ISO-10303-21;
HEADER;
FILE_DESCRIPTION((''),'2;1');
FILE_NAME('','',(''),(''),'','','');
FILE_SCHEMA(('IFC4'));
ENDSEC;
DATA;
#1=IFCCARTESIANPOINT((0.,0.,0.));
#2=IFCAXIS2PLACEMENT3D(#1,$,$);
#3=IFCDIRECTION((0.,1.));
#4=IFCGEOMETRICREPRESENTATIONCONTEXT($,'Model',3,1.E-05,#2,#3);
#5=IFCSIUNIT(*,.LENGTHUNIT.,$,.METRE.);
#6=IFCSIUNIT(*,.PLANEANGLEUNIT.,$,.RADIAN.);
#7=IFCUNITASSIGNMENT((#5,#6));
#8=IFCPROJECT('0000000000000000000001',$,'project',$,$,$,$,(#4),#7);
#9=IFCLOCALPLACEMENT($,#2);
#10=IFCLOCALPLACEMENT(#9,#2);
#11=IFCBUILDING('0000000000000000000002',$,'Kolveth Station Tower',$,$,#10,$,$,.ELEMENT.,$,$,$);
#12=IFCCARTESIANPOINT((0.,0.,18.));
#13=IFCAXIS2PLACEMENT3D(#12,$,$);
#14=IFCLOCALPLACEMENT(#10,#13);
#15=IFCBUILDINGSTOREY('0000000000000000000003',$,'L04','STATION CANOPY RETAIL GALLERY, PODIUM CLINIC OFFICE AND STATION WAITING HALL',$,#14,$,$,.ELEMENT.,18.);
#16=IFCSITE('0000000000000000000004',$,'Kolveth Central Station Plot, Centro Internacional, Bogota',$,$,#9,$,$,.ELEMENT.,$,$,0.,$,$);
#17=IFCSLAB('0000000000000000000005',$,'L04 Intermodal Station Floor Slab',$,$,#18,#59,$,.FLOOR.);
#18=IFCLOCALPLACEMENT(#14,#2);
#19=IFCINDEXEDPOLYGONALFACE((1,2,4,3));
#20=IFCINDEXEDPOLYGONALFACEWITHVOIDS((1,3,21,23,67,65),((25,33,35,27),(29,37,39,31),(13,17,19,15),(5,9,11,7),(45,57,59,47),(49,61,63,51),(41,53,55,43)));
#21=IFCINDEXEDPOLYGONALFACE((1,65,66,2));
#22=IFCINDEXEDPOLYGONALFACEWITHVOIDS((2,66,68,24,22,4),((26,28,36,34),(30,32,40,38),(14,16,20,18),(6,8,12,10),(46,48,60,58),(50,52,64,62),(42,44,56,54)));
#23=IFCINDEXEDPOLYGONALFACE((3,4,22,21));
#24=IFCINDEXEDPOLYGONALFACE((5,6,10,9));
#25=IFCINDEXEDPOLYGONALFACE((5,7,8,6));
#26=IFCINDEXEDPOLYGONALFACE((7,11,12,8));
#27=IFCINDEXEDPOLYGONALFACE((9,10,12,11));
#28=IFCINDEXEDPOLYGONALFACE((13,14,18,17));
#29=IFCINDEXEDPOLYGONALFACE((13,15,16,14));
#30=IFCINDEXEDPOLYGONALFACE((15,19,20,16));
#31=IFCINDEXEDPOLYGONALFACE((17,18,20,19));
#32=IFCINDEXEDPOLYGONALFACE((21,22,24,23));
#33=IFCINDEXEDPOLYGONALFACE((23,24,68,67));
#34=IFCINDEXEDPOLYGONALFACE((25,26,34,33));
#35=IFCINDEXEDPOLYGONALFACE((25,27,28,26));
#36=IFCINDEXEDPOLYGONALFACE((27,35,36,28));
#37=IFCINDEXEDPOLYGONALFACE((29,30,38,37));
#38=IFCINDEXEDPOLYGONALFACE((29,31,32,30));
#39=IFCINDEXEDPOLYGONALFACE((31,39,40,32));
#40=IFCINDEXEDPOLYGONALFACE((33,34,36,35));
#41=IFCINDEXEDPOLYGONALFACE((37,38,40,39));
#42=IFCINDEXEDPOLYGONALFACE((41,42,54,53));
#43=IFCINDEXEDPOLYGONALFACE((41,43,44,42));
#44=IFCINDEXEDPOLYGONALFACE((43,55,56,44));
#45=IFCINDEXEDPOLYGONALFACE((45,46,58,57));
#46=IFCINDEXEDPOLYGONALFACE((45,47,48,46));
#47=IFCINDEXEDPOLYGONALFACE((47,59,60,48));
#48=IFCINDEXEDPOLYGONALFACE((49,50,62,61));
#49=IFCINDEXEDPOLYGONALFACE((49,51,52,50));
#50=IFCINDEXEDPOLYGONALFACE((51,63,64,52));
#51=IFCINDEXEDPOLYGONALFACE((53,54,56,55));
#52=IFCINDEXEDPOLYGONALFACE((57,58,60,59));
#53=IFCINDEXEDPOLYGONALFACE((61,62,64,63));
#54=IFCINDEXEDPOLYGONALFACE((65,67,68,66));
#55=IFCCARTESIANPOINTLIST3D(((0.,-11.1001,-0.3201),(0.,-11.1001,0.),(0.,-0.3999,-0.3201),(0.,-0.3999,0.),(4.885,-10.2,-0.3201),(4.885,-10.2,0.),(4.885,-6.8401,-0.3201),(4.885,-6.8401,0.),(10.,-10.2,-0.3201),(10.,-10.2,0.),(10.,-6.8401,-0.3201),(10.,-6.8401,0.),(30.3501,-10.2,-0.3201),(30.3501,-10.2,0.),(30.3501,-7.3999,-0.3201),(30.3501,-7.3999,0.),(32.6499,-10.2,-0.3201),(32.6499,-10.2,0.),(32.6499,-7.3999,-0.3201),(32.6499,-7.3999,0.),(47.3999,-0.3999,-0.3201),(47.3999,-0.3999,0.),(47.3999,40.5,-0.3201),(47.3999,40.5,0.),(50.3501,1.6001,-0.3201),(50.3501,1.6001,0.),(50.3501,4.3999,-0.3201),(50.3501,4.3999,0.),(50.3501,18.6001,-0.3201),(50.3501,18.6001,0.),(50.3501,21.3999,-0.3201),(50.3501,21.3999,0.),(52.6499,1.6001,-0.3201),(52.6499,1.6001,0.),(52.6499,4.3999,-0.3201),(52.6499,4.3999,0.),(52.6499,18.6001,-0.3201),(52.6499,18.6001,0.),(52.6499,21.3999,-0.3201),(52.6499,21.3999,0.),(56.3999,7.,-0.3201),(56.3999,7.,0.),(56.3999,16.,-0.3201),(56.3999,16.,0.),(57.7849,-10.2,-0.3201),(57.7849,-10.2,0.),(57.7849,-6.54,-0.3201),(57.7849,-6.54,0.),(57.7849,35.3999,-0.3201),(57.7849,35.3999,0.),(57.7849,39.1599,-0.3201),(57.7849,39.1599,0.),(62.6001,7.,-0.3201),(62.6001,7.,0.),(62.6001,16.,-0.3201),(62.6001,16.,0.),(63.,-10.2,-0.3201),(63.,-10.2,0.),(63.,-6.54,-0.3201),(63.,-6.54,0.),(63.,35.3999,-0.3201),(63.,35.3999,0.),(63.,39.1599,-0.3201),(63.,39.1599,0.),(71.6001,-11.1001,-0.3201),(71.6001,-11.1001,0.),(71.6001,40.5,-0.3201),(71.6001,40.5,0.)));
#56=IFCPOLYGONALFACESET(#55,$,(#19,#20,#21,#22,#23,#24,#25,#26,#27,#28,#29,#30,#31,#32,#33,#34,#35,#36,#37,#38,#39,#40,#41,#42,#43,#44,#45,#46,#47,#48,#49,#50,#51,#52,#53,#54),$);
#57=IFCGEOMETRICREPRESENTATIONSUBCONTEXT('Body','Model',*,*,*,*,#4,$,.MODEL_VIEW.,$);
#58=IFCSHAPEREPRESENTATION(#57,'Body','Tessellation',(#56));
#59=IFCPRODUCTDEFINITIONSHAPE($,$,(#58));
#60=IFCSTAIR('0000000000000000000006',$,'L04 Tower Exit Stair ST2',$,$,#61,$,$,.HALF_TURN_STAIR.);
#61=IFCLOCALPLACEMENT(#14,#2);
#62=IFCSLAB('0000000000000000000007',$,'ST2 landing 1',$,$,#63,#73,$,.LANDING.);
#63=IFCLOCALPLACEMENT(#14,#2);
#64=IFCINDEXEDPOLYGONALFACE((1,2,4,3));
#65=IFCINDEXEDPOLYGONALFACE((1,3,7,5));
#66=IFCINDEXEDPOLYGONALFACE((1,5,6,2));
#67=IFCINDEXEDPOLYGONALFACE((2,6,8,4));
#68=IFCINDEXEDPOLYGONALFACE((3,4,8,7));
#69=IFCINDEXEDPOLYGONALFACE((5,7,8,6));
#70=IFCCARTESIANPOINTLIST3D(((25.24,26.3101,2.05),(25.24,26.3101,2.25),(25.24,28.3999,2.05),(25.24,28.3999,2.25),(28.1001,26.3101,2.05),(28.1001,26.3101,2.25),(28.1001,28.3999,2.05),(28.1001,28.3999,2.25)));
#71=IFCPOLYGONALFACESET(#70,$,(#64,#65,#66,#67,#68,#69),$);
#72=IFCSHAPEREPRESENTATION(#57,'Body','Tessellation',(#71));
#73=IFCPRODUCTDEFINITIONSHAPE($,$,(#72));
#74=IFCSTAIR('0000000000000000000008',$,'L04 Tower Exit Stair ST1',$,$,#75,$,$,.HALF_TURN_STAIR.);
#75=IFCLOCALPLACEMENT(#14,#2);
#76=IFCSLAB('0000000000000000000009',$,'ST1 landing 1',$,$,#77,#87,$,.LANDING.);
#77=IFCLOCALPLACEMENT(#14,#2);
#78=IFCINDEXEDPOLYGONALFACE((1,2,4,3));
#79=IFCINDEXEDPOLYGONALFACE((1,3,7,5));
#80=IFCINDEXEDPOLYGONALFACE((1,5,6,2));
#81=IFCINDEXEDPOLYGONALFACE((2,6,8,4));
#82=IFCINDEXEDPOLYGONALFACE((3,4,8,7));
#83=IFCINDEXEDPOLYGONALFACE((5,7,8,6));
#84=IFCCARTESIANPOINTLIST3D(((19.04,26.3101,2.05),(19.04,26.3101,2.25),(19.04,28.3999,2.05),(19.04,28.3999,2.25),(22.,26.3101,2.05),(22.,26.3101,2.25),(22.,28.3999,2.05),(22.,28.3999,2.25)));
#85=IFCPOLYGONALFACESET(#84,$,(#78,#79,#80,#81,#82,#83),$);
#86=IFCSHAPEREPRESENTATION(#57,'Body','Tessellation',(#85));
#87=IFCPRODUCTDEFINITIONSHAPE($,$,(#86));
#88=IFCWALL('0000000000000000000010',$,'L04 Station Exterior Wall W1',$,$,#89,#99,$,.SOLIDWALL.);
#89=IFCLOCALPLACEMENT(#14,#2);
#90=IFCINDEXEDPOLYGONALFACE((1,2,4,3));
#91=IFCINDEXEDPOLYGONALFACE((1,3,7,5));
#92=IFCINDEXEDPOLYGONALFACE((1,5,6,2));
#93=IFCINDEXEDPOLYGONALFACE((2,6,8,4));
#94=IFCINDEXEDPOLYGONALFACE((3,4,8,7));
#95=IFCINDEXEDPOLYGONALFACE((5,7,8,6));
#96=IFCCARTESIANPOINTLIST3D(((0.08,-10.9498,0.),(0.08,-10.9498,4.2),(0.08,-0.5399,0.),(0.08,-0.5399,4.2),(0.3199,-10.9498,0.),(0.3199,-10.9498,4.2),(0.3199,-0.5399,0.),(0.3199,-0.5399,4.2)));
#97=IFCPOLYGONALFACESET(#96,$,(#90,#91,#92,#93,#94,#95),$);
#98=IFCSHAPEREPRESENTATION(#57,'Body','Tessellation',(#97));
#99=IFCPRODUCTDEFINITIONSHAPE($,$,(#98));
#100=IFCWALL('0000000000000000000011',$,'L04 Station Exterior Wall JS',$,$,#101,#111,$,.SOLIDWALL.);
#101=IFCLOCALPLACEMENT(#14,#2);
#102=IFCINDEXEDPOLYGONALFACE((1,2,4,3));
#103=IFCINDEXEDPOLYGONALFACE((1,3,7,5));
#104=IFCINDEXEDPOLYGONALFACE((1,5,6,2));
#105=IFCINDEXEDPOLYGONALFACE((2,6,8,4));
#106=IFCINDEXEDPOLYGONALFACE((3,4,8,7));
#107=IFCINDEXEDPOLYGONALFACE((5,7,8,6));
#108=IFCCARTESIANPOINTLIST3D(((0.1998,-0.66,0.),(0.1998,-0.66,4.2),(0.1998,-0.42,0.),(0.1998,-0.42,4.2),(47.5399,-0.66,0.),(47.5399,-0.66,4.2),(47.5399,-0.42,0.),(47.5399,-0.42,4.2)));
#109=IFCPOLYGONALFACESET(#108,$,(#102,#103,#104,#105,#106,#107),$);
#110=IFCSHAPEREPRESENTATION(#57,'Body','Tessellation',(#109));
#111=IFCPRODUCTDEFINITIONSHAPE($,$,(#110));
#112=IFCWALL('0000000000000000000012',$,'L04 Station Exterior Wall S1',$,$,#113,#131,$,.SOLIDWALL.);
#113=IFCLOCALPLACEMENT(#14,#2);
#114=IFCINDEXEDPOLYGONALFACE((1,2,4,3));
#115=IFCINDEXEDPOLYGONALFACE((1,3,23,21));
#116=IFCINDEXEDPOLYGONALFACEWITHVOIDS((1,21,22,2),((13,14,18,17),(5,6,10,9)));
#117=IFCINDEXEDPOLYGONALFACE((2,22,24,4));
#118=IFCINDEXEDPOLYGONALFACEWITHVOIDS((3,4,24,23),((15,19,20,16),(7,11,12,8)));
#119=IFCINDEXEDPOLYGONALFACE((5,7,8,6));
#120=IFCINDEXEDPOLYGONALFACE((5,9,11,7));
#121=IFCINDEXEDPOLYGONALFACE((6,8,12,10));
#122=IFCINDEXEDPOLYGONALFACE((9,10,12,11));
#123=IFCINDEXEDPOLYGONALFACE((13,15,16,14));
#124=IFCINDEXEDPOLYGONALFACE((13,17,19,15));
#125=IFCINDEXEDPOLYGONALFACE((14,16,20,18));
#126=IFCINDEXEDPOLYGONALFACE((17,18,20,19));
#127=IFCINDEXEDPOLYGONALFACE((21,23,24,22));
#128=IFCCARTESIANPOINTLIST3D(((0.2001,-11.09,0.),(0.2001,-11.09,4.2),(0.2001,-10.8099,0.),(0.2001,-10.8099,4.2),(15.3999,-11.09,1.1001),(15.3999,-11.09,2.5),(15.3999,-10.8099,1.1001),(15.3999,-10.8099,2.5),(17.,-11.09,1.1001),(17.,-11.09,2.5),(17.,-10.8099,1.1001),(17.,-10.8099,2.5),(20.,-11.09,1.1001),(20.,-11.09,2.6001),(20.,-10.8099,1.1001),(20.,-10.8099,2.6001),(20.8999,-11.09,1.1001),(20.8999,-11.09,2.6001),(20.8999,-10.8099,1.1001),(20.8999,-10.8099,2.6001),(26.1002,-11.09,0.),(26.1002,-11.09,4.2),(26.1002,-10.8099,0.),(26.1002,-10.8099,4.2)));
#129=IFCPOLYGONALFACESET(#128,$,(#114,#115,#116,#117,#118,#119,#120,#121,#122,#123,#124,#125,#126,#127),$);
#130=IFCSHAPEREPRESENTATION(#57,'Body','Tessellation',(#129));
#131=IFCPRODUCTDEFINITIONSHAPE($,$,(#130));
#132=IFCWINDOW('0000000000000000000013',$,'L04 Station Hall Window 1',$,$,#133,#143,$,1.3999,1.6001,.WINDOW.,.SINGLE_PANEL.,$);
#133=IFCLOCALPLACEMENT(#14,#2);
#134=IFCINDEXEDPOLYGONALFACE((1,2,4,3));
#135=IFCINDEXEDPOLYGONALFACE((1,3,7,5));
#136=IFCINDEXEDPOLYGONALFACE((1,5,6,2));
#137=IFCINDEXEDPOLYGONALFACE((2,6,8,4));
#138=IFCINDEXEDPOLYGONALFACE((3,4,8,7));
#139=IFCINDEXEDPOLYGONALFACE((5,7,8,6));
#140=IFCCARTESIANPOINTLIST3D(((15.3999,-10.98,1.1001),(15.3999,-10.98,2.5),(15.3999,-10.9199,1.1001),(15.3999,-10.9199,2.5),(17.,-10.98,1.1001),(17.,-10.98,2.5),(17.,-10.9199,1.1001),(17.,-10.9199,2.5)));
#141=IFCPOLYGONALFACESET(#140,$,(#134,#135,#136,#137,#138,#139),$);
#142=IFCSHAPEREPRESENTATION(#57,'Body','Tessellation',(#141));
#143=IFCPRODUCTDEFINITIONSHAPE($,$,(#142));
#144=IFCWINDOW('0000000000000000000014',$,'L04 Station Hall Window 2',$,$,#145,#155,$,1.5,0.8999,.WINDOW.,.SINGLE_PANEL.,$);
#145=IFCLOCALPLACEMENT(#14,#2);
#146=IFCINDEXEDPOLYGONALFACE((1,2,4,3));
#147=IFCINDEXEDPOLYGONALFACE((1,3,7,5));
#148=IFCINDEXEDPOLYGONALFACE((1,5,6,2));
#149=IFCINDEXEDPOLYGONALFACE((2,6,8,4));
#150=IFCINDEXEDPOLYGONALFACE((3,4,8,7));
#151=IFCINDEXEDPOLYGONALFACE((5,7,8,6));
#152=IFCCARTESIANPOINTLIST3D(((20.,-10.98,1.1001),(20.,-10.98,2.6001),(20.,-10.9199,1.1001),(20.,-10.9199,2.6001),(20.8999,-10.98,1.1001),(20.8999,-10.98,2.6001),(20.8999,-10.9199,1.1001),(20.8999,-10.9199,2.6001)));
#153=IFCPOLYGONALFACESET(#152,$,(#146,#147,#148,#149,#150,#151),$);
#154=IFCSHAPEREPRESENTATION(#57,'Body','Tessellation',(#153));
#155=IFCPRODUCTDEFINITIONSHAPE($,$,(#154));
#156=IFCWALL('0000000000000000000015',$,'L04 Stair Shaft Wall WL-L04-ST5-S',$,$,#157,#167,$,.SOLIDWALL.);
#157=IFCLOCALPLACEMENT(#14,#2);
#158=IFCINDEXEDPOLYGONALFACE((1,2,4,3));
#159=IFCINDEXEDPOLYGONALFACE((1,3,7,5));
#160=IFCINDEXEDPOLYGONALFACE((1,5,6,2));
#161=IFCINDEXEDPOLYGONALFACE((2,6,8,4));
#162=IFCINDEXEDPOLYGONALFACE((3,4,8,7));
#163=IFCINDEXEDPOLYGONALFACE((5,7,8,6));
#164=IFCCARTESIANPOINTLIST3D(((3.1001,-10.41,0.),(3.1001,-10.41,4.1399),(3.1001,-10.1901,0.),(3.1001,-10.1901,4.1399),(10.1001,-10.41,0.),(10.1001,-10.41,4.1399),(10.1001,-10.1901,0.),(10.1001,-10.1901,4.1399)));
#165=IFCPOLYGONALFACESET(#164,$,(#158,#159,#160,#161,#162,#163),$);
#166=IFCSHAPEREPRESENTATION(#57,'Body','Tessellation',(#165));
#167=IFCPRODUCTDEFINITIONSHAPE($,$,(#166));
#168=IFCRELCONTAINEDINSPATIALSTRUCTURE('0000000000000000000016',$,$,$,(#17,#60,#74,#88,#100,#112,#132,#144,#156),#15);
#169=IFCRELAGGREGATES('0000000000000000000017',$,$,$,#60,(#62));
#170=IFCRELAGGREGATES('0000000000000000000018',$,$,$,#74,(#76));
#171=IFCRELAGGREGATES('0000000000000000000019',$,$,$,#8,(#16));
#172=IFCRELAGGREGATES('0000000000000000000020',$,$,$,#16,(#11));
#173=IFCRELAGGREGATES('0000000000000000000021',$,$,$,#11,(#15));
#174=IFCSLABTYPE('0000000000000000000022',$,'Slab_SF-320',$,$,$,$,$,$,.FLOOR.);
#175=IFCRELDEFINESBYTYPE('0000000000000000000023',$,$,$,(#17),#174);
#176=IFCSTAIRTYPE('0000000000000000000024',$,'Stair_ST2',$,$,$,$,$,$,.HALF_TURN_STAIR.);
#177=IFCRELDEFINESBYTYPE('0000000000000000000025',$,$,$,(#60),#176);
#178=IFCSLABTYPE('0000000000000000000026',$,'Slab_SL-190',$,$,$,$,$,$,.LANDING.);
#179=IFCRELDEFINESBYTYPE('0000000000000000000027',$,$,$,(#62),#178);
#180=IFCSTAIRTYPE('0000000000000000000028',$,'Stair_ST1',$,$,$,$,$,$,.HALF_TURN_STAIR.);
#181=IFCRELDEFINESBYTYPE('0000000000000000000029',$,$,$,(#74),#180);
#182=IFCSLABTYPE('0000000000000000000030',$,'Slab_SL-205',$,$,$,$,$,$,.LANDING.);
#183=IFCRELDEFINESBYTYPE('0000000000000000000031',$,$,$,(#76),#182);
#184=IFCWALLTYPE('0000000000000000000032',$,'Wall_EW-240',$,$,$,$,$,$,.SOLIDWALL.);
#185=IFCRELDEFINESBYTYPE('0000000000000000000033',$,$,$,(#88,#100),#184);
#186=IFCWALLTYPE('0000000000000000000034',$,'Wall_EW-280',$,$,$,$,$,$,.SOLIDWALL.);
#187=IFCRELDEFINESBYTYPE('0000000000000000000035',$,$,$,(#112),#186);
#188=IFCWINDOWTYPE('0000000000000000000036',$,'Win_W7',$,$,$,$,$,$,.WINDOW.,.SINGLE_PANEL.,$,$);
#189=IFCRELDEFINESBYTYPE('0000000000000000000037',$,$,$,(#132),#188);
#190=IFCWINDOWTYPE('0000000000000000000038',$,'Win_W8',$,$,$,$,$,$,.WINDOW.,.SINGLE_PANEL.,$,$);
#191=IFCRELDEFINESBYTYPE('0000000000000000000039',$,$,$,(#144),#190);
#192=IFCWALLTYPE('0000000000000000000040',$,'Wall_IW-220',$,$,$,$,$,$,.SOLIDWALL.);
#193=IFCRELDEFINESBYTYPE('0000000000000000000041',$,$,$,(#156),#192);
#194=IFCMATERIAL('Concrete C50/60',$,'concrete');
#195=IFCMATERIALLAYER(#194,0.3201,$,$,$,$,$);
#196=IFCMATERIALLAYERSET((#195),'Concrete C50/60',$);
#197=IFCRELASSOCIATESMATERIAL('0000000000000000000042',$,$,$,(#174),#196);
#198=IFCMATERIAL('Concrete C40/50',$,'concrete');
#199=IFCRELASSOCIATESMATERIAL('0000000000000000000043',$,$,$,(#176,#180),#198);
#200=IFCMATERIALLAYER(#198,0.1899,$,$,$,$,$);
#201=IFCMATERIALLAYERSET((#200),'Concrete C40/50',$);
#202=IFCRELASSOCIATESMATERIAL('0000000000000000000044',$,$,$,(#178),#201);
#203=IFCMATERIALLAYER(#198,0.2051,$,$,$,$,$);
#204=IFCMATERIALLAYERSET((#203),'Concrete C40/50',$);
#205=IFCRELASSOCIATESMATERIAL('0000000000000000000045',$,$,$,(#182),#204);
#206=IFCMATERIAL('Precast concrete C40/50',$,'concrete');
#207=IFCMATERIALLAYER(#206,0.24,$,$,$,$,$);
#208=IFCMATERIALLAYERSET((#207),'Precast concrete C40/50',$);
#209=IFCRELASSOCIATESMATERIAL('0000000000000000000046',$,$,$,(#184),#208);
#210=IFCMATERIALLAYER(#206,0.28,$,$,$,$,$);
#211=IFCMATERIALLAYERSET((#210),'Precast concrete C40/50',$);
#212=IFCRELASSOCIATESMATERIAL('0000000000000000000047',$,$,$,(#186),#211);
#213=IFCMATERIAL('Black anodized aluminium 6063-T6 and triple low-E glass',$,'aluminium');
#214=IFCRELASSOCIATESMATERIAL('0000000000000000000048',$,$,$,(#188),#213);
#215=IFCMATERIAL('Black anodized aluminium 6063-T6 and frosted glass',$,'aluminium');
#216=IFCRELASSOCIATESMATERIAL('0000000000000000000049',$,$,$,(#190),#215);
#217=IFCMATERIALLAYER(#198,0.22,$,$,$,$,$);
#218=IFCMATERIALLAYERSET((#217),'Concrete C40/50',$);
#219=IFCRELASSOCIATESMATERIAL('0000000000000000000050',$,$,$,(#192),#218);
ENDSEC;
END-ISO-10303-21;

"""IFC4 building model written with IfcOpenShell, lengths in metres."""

from ifc_helpers import new_model, si_unit, direction, frame, frame_2d, origin, place, context, subcontext, project, spatial, polyline, rectangle, outline, extrude, material, layer, layer_set, type_object, element, fill, aggregate, save


model = new_model("IFC4")

# Units and contexts
model_context = context("Model", 3, precision=1e-05, world=origin(), true_north=direction((0.0, 1.0)))
body_context = subcontext(model_context, "Body", "Model", "MODEL_VIEW")
ifc_project = project(units=[si_unit("LENGTHUNIT", "METRE"), si_unit("PLANEANGLEUNIT", "RADIAN")], contexts=[model_context])

# Site, building, storey
site_placement = place(None, origin())
site = spatial("IfcSite", under=ifc_project, at=site_placement, Name="Kolveth Central Station Plot, Centro Internacional, Bogota", CompositionType="ELEMENT", RefElevation=0.0)
building_placement = place(site_placement, origin())
building = spatial("IfcBuilding", under=site, at=building_placement, Name="Kolveth Station Tower", CompositionType="ELEMENT")
storey_placement = place(building_placement, frame((0.0, 0.0, 18.0)))
storey = spatial("IfcBuildingStorey", under=building, at=storey_placement, Name="L04", Description="STATION CANOPY RETAIL GALLERY, PODIUM CLINIC OFFICE AND STATION WAITING HALL", CompositionType="ELEMENT", Elevation=18.0)

# Slab
ifc_material_1 = material(Name="Concrete C50/60", Category="concrete")
ifc_layer_1 = layer(ifc_material_1, 0.3201)
ifc_layer_set_1 = layer_set([ifc_layer_1], Name="Concrete C50/60")
slab_type_1 = type_object("IfcSlabType", Name="Slab_SF-320", PredefinedType="FLOOR", material=ifc_layer_set_1)
slab_1_placement = place(storey_placement, frame((0.0, 0.0, -0.3201)))
element("IfcSlab", 1, at=slab_1_placement, inside=storey, type_object=slab_type_1, Name="L04 Intermodal Station Floor Slab", PredefinedType="FLOOR", context=body_context, shape_type="SweptSolid", body=[
    extrude(outline(polyline([(0.0, -11.1001), (71.6001, -11.1001), (71.6001, 40.5), (47.3999, 40.5), (47.3999, -0.3999), (0.0, -0.3999), (0.0, -11.1001)]), holes=[polyline([(57.7849, 35.3999), (63.0, 35.3999), (63.0, 39.1599), (57.7849, 39.1599), (57.7849, 35.3999)]), polyline([(57.7849, -10.2), (63.0, -10.2), (63.0, -6.54), (57.7849, -6.54), (57.7849, -10.2)]), polyline([(4.885, -10.2), (10.0, -10.2), (10.0, -6.8401), (4.885, -6.8401), (4.885, -10.2)]), polyline([(50.3501, 1.6001), (52.6499, 1.6001), (52.6499, 4.3999), (50.3501, 4.3999), (50.3501, 1.6001)]), polyline([(50.3501, 18.6001), (52.6499, 18.6001), (52.6499, 21.3999), (50.3501, 21.3999), (50.3501, 18.6001)]), polyline([(30.3501, -10.2), (32.6499, -10.2), (32.6499, -7.3999), (30.3501, -7.3999), (30.3501, -10.2)]), polyline([(56.3999, 7.0), (62.6001, 7.0), (62.6001, 16.0), (56.3999, 16.0), (56.3999, 7.0)])]), origin(), (0.0, 0.0, 1.0), 0.3201),
])

# Stairs, slabs
ifc_material_2 = material(Name="Concrete C40/50", Category="concrete")
stair_type_1 = type_object("IfcStairType", Name="Stair_ST2", PredefinedType="HALF_TURN_STAIR", material=ifc_material_2)
stair_1_placement = place(storey_placement, origin())
stair_1 = element("IfcStair", 2, at=stair_1_placement, inside=storey, type_object=stair_type_1, Name="L04 Tower Exit Stair ST2", PredefinedType="HALF_TURN_STAIR")
ifc_layer_2 = layer(ifc_material_2, 0.1899)
ifc_layer_set_2 = layer_set([ifc_layer_2], Name="Concrete C40/50")
slab_type_2 = type_object("IfcSlabType", Name="Slab_SL-190", PredefinedType="LANDING", material=ifc_layer_set_2)
slab_2_placement = place(storey_placement, frame((0.0, 0.0, 2.05)))
slab_2 = element("IfcSlab", 3, at=slab_2_placement, type_object=slab_type_2, Name="ST2 landing 1", PredefinedType="LANDING", context=body_context, shape_type="SweptSolid", body=[
    extrude(outline(polyline([(28.1001, 26.3101), (28.1001, 28.3999), (25.24, 28.3999), (25.24, 26.3101), (28.1001, 26.3101)])), origin(), (0.0, 0.0, 1.0), 0.2),
])
aggregate(stair_1, [slab_2])
stair_type_2 = type_object("IfcStairType", Name="Stair_ST1", PredefinedType="HALF_TURN_STAIR", material=ifc_material_2)
stair_2_placement = place(storey_placement, origin())
stair_2 = element("IfcStair", 4, at=stair_2_placement, inside=storey, type_object=stair_type_2, Name="L04 Tower Exit Stair ST1", PredefinedType="HALF_TURN_STAIR")
ifc_layer_3 = layer(ifc_material_2, 0.2051)
ifc_layer_set_3 = layer_set([ifc_layer_3], Name="Concrete C40/50")
slab_type_3 = type_object("IfcSlabType", Name="Slab_SL-205", PredefinedType="LANDING", material=ifc_layer_set_3)
slab_3_placement = place(storey_placement, frame((0.0, 0.0, 2.05)))
slab_3 = element("IfcSlab", 5, at=slab_3_placement, type_object=slab_type_3, Name="ST1 landing 1", PredefinedType="LANDING", context=body_context, shape_type="SweptSolid", body=[
    extrude(outline(polyline([(22.0, 26.3101), (22.0, 28.3999), (19.04, 28.3999), (19.04, 26.3101), (22.0, 26.3101)])), origin(), (0.0, 0.0, 1.0), 0.2),
])
aggregate(stair_2, [slab_3])

# Walls
ifc_material_3 = material(Name="Precast concrete C40/50", Category="concrete")
ifc_layer_4 = layer(ifc_material_3, 0.24)
ifc_layer_set_4 = layer_set([ifc_layer_4], Name="Precast concrete C40/50")
wall_type_1 = type_object("IfcWallType", Name="Wall_EW-240", PredefinedType="SOLIDWALL", material=ifc_layer_set_4)
wall_1_placement = place(storey_placement, frame((0.2, -10.95, 0.0), z_axis=(0.0, 0.0, 1.0), x_axis=(0.0, 1.0, 0.0)))
element("IfcWall", 6, at=wall_1_placement, inside=storey, type_object=wall_type_1, Name="L04 Station Exterior Wall W1", PredefinedType="SOLIDWALL", context=body_context, shape_type="SweptSolid", body=[
    extrude(rectangle(XDim=10.4099, YDim=0.24, at=frame_2d((5.2051, 0.0))), origin(), (0.0, 0.0, 1.0), 4.2),
])
wall_2_placement = place(storey_placement, frame((0.2, -0.54, 0.0), z_axis=(0.0, 0.0, 1.0), x_axis=(1.0, 0.0, 0.0)))
element("IfcWall", 7, at=wall_2_placement, inside=storey, type_object=wall_type_1, Name="L04 Station Exterior Wall JS", PredefinedType="SOLIDWALL", context=body_context, shape_type="SweptSolid", body=[
    extrude(rectangle(XDim=47.3401, YDim=0.24, at=frame_2d((23.6699, 0.0))), origin(), (0.0, 0.0, 1.0), 4.2),
])

# Wall, openings, windows
ifc_layer_5 = layer(ifc_material_3, 0.28)
ifc_layer_set_5 = layer_set([ifc_layer_5], Name="Precast concrete C40/50")
wall_type_2 = type_object("IfcWallType", Name="Wall_EW-280", PredefinedType="SOLIDWALL", material=ifc_layer_set_5)
wall_3_placement = place(storey_placement, frame((0.2, -10.95, 0.0), z_axis=(0.0, 0.0, 1.0), x_axis=(1.0, 0.0, 0.0)))
wall_3 = element("IfcWall", 8, at=wall_3_placement, inside=storey, type_object=wall_type_2, Name="L04 Station Exterior Wall S1", PredefinedType="SOLIDWALL", context=body_context, shape_type="SweptSolid", body=[
    extrude(rectangle(XDim=25.9001, YDim=0.28, at=frame_2d((12.9502, 0.0))), origin(), (0.0, 0.0, 1.0), 4.2),
])
opening_1_placement = place(wall_3_placement, frame((15.2, 0.0, 1.1001)))
opening_1 = element("IfcOpeningElement", 9, at=opening_1_placement, cuts=wall_3, PredefinedType="OPENING", context=body_context, shape_type="SweptSolid", body=[
    extrude(rectangle(XDim=1.6001, YDim=1.3999, at=frame_2d((0.8, 0.7))), frame((0.0, 0.1499, 0.0), z_axis=(0.0, -1.0, 0.0), x_axis=(1.0, 0.0, 0.0)), (0.0, 0.0, 1.0), 0.3),
])
opening_2_placement = place(wall_3_placement, frame((19.8, 0.0, 1.1001)))
opening_2 = element("IfcOpeningElement", 10, at=opening_2_placement, cuts=wall_3, PredefinedType="OPENING", context=body_context, shape_type="SweptSolid", body=[
    extrude(rectangle(XDim=0.8999, YDim=1.5, at=frame_2d((0.45, 0.75))), frame((0.0, 0.1499, 0.0), z_axis=(0.0, -1.0, 0.0), x_axis=(1.0, 0.0, 0.0)), (0.0, 0.0, 1.0), 0.3),
])
ifc_material_4 = material(Name="Black anodized aluminium 6063-T6 and triple low-E glass", Category="aluminium")
window_type_1 = type_object("IfcWindowType", Name="Win_W7", PartitioningType="SINGLE_PANEL", PredefinedType="WINDOW", material=ifc_material_4)
window_1_placement = place(opening_1_placement, origin())
window_1 = element("IfcWindow", 11, at=window_1_placement, inside=storey, type_object=window_type_1, Name="L04 Station Hall Window 1", OverallHeight=1.3999, OverallWidth=1.6001, PartitioningType="SINGLE_PANEL", PredefinedType="WINDOW", context=body_context, shape_type="SweptSolid", body=[
    extrude(rectangle(XDim=1.6001, YDim=1.3999, at=frame_2d((0.8, 0.7))), frame((0.0, 0.03, 0.0), z_axis=(0.0, -1.0, 0.0), x_axis=(1.0, 0.0, 0.0)), (0.0, 0.0, 1.0), 0.0601),
])
fill(opening_1, window_1)
ifc_material_5 = material(Name="Black anodized aluminium 6063-T6 and frosted glass", Category="aluminium")
window_type_2 = type_object("IfcWindowType", Name="Win_W8", PartitioningType="SINGLE_PANEL", PredefinedType="WINDOW", material=ifc_material_5)
window_2_placement = place(opening_2_placement, origin())
window_2 = element("IfcWindow", 12, at=window_2_placement, inside=storey, type_object=window_type_2, Name="L04 Station Hall Window 2", OverallHeight=1.5, OverallWidth=0.8999, PartitioningType="SINGLE_PANEL", PredefinedType="WINDOW", context=body_context, shape_type="SweptSolid", body=[
    extrude(rectangle(XDim=0.8999, YDim=1.5, at=frame_2d((0.45, 0.75))), frame((0.0, 0.03, 0.0), z_axis=(0.0, -1.0, 0.0), x_axis=(1.0, 0.0, 0.0)), (0.0, 0.0, 1.0), 0.0601),
])
fill(opening_2, window_2)

# Wall
ifc_layer_6 = layer(ifc_material_2, 0.22)
ifc_layer_set_6 = layer_set([ifc_layer_6], Name="Concrete C40/50")
wall_type_3 = type_object("IfcWallType", Name="Wall_IW-220", PredefinedType="SOLIDWALL", material=ifc_layer_set_6)
wall_4_placement = place(storey_placement, frame((3.1001, -10.3, 0.0), z_axis=(0.0, 0.0, 1.0), x_axis=(1.0, 0.0, 0.0)))
element("IfcWall", 13, at=wall_4_placement, inside=storey, type_object=wall_type_3, Name="L04 Stair Shaft Wall WL-L04-ST5-S", PredefinedType="SOLIDWALL", context=body_context, shape_type="SweptSolid", body=[
    extrude(rectangle(XDim=7.0, YDim=0.22, at=frame_2d((3.5, 0.0))), origin(), (0.0, 0.0, 1.0), 4.1399),
])

save(model, "model.ifc")
